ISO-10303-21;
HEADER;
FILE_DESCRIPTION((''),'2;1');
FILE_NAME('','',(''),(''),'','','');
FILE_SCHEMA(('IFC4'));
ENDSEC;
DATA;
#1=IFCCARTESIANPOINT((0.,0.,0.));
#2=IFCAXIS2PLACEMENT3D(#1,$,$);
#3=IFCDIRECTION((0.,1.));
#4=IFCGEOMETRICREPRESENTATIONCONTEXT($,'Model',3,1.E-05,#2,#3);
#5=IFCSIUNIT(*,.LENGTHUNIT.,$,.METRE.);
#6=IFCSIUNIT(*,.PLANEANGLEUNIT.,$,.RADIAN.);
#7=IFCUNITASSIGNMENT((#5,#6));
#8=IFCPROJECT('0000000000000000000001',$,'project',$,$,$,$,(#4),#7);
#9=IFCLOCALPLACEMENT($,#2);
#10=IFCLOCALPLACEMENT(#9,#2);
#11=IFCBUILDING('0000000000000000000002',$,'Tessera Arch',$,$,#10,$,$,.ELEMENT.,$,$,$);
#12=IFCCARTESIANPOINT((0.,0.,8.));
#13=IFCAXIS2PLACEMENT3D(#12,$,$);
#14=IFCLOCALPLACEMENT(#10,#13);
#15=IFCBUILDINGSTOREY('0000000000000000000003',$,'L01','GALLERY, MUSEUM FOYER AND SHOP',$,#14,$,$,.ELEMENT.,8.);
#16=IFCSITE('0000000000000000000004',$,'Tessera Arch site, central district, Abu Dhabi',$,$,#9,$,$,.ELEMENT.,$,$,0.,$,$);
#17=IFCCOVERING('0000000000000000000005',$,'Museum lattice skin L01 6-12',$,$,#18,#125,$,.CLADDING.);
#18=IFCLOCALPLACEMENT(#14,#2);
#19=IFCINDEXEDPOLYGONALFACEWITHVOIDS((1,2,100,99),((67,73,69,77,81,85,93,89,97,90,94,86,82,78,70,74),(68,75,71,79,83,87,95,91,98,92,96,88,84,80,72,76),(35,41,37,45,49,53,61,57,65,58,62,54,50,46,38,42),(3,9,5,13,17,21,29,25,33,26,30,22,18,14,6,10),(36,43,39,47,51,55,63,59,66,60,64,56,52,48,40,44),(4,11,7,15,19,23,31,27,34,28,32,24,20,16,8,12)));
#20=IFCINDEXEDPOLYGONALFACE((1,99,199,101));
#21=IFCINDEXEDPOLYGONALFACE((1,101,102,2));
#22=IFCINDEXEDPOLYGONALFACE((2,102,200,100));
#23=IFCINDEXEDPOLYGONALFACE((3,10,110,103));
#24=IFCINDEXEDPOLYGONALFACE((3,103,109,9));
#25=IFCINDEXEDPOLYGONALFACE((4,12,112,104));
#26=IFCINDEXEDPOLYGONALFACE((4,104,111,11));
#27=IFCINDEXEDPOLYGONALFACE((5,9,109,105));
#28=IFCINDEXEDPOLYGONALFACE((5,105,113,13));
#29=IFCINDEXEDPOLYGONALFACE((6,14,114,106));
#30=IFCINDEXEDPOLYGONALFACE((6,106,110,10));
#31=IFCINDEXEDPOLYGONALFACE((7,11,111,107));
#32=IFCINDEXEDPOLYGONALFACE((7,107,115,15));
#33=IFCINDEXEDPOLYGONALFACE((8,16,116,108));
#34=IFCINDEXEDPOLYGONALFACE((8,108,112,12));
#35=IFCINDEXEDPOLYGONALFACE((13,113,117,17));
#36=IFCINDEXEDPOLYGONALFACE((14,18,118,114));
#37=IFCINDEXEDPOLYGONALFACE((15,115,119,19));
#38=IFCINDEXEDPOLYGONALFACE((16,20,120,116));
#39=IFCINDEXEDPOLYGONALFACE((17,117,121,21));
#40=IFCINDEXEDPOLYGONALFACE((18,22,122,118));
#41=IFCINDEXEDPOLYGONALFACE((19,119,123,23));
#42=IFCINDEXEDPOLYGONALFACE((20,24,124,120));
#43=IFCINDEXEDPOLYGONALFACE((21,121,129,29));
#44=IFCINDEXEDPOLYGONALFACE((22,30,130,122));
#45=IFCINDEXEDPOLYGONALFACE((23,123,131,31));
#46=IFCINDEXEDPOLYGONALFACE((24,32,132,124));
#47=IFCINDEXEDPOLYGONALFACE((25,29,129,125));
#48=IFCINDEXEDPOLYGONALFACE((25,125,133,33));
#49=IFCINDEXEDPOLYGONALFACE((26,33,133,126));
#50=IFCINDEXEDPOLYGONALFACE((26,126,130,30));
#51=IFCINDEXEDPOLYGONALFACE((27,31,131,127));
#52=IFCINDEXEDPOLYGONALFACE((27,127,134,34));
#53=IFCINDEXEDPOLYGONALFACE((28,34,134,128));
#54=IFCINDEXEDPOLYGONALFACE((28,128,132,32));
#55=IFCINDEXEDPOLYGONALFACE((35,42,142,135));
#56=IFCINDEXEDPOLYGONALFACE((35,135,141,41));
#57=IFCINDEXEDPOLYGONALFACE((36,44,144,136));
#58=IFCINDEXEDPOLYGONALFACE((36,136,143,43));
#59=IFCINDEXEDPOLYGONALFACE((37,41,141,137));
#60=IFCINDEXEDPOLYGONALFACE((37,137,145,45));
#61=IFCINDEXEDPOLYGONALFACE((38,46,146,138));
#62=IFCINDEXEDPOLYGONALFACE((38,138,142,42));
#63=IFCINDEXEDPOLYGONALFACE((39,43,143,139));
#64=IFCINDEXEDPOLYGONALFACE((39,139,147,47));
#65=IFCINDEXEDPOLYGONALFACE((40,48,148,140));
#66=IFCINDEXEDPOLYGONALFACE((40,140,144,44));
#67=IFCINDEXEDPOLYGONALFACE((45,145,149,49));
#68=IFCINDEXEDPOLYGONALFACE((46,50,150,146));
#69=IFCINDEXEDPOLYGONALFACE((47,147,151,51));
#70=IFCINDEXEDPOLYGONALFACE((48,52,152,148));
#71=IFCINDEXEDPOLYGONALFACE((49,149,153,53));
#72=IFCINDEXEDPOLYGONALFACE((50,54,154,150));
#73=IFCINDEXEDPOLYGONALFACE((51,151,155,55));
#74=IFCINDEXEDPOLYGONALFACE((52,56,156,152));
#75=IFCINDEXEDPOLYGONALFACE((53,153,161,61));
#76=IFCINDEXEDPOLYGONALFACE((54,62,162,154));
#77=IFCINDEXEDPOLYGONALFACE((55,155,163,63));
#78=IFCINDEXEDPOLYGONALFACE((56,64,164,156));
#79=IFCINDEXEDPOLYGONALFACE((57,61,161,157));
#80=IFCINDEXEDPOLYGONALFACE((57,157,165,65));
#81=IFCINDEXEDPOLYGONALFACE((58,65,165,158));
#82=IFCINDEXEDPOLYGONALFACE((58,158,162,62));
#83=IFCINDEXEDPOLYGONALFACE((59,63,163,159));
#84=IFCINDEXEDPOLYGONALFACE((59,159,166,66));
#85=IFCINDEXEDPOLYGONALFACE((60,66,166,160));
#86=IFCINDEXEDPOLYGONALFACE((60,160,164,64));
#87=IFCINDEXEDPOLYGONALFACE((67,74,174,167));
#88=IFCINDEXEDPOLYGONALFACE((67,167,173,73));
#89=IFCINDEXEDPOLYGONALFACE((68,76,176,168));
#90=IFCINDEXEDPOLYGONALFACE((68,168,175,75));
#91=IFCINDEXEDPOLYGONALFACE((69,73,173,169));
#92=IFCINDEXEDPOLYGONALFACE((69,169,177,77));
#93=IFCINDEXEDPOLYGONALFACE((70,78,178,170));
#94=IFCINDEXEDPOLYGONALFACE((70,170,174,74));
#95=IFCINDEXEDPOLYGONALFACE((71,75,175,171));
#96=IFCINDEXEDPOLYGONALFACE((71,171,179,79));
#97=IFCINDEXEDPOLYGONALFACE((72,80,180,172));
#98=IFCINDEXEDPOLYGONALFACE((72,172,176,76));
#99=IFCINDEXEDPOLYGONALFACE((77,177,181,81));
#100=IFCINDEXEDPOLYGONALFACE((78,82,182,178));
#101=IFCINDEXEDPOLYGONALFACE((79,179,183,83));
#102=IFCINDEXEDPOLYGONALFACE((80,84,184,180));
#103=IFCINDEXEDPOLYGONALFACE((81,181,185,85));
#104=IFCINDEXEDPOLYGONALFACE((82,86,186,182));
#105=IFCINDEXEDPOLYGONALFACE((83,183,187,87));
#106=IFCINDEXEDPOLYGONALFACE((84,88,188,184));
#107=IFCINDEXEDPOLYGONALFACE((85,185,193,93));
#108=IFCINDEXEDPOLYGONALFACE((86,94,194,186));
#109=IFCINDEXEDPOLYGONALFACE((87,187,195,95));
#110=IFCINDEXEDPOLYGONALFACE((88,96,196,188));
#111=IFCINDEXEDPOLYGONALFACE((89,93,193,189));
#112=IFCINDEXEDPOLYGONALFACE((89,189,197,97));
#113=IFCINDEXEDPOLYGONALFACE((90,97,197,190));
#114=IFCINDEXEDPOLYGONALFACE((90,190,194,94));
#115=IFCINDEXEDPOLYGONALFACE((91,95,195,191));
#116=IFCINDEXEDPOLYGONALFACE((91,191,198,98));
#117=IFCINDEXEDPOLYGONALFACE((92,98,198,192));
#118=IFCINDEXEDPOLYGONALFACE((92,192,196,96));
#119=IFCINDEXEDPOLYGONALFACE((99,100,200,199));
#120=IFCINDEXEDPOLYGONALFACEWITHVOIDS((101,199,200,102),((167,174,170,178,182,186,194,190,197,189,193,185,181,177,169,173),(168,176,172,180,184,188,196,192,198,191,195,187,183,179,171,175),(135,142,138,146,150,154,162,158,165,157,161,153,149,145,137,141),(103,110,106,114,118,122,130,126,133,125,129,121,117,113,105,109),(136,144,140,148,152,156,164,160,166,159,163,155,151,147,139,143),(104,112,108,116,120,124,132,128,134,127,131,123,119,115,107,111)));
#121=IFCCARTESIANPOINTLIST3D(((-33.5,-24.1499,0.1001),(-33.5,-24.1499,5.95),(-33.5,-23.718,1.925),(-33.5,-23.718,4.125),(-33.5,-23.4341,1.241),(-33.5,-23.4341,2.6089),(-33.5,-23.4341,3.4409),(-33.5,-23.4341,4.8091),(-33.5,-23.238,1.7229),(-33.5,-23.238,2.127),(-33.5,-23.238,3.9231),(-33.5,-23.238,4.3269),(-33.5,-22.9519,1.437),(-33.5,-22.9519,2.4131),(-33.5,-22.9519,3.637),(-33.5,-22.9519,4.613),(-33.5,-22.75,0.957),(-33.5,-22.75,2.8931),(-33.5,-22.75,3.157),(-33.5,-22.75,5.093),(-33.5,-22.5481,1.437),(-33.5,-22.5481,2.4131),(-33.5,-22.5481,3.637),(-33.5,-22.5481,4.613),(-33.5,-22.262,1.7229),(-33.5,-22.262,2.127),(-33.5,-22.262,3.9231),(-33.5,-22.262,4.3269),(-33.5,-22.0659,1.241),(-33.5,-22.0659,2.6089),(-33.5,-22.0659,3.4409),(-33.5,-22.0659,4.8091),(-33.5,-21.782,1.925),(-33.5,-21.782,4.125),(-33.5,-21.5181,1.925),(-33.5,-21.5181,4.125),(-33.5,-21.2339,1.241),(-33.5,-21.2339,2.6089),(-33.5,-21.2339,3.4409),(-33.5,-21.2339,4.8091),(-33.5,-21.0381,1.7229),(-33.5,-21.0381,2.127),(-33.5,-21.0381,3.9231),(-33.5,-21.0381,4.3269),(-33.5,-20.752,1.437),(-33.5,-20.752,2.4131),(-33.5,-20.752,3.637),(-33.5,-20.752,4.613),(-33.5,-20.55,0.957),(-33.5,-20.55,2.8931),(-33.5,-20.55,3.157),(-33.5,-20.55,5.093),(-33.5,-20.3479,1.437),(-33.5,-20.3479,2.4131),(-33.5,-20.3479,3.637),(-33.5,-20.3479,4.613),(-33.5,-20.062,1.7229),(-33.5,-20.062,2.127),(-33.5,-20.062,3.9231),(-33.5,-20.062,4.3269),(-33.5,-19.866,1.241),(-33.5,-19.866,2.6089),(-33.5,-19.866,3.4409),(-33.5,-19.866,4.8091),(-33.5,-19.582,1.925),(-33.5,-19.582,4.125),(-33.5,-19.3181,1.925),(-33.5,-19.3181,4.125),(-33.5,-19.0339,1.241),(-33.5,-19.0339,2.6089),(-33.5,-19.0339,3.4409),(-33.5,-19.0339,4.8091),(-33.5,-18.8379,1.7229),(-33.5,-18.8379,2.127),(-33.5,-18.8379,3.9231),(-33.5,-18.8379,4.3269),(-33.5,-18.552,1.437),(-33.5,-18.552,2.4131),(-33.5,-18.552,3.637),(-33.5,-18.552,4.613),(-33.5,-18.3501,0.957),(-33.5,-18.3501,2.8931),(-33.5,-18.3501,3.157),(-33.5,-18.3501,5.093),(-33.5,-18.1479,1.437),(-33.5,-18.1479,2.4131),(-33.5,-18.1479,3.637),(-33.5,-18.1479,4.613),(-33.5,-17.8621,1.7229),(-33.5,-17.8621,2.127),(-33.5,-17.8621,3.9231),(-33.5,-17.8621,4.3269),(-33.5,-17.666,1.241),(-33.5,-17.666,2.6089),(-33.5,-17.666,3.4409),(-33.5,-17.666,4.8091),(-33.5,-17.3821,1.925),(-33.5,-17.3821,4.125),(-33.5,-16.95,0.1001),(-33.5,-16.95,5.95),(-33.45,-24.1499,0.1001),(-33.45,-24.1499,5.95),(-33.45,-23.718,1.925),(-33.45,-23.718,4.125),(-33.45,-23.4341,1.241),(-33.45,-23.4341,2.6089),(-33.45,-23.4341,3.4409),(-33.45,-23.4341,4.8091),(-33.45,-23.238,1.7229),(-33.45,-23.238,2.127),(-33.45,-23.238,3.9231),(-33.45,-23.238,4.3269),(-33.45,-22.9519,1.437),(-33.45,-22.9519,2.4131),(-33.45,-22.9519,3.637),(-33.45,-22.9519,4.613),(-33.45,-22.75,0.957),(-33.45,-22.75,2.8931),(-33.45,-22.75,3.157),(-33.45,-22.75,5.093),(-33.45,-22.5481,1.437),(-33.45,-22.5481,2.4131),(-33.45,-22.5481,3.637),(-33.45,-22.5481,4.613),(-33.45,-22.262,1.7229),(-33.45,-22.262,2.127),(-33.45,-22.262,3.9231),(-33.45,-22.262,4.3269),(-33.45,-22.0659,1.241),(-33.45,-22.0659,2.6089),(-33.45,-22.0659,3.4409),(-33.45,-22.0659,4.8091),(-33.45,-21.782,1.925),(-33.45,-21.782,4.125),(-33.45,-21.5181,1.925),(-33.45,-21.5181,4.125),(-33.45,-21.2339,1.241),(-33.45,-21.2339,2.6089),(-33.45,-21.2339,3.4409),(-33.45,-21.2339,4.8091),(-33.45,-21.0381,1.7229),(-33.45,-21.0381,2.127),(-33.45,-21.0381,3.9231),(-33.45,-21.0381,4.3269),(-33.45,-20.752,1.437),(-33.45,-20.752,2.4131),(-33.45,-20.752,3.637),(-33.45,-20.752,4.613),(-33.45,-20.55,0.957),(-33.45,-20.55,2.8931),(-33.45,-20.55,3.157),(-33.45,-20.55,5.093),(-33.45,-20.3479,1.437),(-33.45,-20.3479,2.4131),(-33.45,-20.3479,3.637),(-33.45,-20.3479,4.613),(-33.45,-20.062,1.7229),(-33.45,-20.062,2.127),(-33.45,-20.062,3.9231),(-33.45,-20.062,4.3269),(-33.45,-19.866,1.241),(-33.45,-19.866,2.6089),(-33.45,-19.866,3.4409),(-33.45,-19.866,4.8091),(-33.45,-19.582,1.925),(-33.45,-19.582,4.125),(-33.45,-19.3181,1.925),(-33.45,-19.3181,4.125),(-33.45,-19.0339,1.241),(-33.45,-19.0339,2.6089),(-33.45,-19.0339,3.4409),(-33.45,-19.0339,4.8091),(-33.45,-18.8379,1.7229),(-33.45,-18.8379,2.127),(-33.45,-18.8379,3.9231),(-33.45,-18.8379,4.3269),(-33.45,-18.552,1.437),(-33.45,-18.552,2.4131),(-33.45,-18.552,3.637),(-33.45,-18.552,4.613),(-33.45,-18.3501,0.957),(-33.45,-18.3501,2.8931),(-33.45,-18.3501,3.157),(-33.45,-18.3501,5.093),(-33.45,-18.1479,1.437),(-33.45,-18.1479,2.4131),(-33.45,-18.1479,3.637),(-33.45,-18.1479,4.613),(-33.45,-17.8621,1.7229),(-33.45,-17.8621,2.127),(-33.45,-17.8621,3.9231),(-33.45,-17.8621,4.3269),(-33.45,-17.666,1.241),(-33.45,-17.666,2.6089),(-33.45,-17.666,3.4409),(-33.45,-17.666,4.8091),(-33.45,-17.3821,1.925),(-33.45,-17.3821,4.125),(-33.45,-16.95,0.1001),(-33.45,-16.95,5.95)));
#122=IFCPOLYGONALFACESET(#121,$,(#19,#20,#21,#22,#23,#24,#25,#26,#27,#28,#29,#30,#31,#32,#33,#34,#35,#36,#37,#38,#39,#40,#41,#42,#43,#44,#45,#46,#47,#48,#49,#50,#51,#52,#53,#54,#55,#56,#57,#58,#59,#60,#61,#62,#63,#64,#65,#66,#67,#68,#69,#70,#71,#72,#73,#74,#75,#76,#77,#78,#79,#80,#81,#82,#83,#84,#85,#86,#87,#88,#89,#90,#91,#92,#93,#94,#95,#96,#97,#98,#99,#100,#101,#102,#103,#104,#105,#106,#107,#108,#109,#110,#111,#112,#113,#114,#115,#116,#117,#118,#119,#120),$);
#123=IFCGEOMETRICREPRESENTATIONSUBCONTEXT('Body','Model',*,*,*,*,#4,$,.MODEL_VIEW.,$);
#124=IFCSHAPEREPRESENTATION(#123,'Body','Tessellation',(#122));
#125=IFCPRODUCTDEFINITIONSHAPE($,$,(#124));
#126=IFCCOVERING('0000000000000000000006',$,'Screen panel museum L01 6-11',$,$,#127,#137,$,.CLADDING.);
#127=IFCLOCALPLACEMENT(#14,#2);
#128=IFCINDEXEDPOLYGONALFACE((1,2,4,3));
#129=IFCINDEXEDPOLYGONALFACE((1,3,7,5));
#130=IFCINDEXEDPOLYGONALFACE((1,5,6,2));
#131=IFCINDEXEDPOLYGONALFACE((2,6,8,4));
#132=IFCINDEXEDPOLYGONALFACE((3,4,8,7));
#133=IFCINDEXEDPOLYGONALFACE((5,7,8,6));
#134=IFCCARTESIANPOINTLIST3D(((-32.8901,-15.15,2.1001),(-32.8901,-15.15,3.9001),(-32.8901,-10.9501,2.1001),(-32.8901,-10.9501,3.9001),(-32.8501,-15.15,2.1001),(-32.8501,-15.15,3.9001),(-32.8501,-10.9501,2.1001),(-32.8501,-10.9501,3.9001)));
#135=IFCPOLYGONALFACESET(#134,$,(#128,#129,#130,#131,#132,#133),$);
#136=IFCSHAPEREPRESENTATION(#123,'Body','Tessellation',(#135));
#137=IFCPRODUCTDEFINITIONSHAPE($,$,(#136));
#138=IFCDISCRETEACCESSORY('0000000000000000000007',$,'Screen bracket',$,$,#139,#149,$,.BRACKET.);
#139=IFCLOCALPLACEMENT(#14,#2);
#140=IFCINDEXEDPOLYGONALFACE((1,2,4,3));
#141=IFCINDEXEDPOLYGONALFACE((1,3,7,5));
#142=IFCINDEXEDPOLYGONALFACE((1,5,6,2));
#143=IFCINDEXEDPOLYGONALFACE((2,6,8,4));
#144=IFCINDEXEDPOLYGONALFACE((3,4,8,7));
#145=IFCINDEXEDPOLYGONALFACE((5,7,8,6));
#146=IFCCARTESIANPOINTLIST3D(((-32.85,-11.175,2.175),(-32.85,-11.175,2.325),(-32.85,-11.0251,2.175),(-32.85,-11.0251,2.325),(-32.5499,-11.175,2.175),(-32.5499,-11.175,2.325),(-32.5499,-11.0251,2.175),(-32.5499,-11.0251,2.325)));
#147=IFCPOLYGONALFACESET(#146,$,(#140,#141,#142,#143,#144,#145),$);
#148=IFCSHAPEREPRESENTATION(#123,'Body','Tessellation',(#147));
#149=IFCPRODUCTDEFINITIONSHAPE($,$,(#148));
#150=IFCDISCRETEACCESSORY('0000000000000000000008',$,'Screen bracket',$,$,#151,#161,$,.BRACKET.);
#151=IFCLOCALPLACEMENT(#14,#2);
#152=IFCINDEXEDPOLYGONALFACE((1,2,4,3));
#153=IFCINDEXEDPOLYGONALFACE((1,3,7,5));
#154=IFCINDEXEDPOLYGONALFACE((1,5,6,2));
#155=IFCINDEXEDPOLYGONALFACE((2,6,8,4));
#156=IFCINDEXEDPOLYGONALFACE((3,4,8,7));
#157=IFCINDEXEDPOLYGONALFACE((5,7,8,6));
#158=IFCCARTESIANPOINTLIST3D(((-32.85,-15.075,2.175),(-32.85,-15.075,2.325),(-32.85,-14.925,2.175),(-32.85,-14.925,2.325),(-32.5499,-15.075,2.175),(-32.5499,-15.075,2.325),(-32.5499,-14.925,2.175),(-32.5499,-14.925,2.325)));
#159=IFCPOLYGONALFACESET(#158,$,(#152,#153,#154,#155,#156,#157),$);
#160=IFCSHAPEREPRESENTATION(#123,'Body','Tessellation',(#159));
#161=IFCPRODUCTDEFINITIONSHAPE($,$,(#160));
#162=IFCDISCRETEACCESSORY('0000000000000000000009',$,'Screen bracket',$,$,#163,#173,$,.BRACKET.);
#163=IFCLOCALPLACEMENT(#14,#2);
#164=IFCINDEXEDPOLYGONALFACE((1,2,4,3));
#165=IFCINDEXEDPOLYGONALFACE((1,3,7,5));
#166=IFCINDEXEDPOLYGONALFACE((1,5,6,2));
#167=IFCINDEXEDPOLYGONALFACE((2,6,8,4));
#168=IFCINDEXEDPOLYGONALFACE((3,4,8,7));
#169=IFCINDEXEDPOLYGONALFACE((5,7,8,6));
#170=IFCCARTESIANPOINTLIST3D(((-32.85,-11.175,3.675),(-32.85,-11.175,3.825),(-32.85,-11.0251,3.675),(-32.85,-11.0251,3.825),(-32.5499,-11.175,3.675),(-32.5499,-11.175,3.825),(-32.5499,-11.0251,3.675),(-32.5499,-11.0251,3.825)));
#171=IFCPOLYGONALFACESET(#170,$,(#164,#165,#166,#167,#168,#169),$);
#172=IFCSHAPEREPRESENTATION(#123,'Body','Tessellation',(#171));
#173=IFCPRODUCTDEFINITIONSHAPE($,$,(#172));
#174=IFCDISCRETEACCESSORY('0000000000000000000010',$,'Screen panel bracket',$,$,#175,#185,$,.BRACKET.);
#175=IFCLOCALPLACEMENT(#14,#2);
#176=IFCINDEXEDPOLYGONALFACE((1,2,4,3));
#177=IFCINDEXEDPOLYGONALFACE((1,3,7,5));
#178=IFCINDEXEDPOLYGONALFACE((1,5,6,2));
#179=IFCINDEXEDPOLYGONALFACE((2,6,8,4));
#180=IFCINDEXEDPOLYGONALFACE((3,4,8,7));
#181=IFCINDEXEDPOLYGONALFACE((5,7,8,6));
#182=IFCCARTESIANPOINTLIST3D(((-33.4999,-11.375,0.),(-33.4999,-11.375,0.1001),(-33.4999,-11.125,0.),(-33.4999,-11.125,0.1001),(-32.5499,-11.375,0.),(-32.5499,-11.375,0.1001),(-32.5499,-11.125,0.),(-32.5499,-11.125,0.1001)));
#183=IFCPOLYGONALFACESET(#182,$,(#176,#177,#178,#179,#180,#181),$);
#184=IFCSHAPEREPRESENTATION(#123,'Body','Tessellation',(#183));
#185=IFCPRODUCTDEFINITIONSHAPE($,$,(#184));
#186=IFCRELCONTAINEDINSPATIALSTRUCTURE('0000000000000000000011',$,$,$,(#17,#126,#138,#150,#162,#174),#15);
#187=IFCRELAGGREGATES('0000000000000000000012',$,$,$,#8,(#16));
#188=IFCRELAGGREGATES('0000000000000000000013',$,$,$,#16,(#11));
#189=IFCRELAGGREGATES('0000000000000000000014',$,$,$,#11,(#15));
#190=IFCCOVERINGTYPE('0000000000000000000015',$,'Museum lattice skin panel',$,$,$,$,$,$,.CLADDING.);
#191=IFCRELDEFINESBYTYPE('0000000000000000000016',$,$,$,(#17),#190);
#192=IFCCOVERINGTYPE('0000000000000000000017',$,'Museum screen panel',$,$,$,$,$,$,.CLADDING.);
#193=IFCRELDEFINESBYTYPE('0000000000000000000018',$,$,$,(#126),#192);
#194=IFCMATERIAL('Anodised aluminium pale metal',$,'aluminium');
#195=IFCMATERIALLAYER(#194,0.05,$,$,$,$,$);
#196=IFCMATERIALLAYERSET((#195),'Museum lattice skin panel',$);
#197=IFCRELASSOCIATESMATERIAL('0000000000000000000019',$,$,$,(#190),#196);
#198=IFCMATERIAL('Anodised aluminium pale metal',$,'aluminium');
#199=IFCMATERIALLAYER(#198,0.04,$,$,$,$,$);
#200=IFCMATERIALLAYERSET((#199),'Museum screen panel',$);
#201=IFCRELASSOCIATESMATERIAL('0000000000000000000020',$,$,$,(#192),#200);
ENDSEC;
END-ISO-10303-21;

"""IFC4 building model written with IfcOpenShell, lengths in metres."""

from ifc_helpers import new_model, si_unit, direction, frame, origin, origin_2d, place, context, subcontext, project, spatial, polyline, rectangle, outline, extrude, material, layer, layer_set, type_object, element, save


model = new_model("IFC4")

# Units and contexts
model_context = context("Model", 3, precision=1e-05, world=origin(), true_north=direction((0.0, 1.0)))
body_context = subcontext(model_context, "Body", "Model", "MODEL_VIEW")
ifc_project = project(units=[si_unit("LENGTHUNIT", "METRE"), si_unit("PLANEANGLEUNIT", "RADIAN")], contexts=[model_context])

# Site, building, storey
site_placement = place(None, origin())
site = spatial("IfcSite", under=ifc_project, at=site_placement, Name="Tessera Arch site, central district, Abu Dhabi", CompositionType="ELEMENT", RefElevation=0.0)
building_placement = place(site_placement, origin())
building = spatial("IfcBuilding", under=site, at=building_placement, Name="Tessera Arch", CompositionType="ELEMENT")
storey_placement = place(building_placement, frame((0.0, 0.0, 8.0)))
storey = spatial("IfcBuildingStorey", under=building, at=storey_placement, Name="L01", Description="GALLERY, MUSEUM FOYER AND SHOP", CompositionType="ELEMENT", Elevation=8.0)

# Covering
ifc_material_1 = material(Name="Anodised aluminium pale metal", Category="aluminium")
ifc_layer_1 = layer(ifc_material_1, 0.05)
ifc_layer_set_1 = layer_set([ifc_layer_1], Name="Museum lattice skin panel")
covering_type_1 = type_object("IfcCoveringType", Name="Museum lattice skin panel", PredefinedType="CLADDING", material=ifc_layer_set_1)
covering_1_placement = place(storey_placement, frame((-33.45, -16.95, 5.95), z_axis=(1.0, 0.0, 0.0), x_axis=(0.0, -1.0, 0.0)))
element("IfcCovering", 1, at=covering_1_placement, inside=storey, type_object=covering_type_1, Name="Museum lattice skin L01 6-12", PredefinedType="CLADDING", context=body_context, shape_type="SweptSolid", body=[
    extrude(outline(polyline([(0.0, 0.0), (7.2, 0.0), (7.2, 5.8499), (0.0, 5.8499), (0.0, 0.0)]), holes=[polyline([(2.3682, 4.0249), (1.8879, 3.823), (2.084, 3.3411), (1.6021, 3.5369), (1.4001, 3.0569), (1.198, 3.5369), (0.7161, 3.3411), (0.9121, 3.823), (0.4321, 4.0249), (0.9121, 4.2271), (0.7161, 4.709), (1.198, 4.5129), (1.4001, 4.9929), (1.6021, 4.5129), (2.084, 4.709), (1.8879, 4.2271), (2.3682, 4.0249)]), polyline([(2.3682, 1.825), (1.8879, 1.623), (2.084, 1.1409), (1.6021, 1.3369), (1.4001, 0.8569), (1.198, 1.3369), (0.7161, 1.1409), (0.9121, 1.623), (0.4321, 1.825), (0.9121, 2.0269), (0.7161, 2.509), (1.198, 2.313), (1.4001, 2.793), (1.6021, 2.313), (2.084, 2.509), (1.8879, 2.0269), (2.3682, 1.825)]), polyline([(4.5681, 4.0249), (4.0881, 3.823), (4.2839, 3.3411), (3.802, 3.5369), (3.6001, 3.0569), (3.3979, 3.5369), (2.916, 3.3411), (3.1121, 3.823), (2.6321, 4.0249), (3.1121, 4.2271), (2.916, 4.709), (3.3979, 4.5129), (3.6001, 4.9929), (3.802, 4.5129), (4.2839, 4.709), (4.0881, 4.2271), (4.5681, 4.0249)]), polyline([(4.5681, 1.825), (4.0881, 1.623), (4.2839, 1.1409), (3.802, 1.3369), (3.6001, 0.8569), (3.3979, 1.3369), (2.916, 1.1409), (3.1121, 1.623), (2.6321, 1.825), (3.1121, 2.0269), (2.916, 2.509), (3.3979, 2.313), (3.6001, 2.793), (3.802, 2.313), (4.2839, 2.509), (4.0881, 2.0269), (4.5681, 1.825)]), polyline([(6.7681, 4.0249), (6.2881, 3.823), (6.4841, 3.3411), (6.002, 3.5369), (5.8, 3.0569), (5.5981, 3.5369), (5.116, 3.3411), (5.312, 3.823), (4.832, 4.0249), (5.312, 4.2271), (5.116, 4.709), (5.5981, 4.5129), (5.8, 4.9929), (6.002, 4.5129), (6.4841, 4.709), (6.2881, 4.2271), (6.7681, 4.0249)]), polyline([(6.7681, 1.825), (6.2881, 1.623), (6.4841, 1.1409), (6.002, 1.3369), (5.8, 0.8569), (5.5981, 1.3369), (5.116, 1.1409), (5.312, 1.623), (4.832, 1.825), (5.312, 2.0269), (5.116, 2.509), (5.5981, 2.313), (5.8, 2.793), (6.002, 2.313), (6.4841, 2.509), (6.2881, 2.0269), (6.7681, 1.825)])]), origin(), (0.0, 0.0, -1.0), 0.05),
])

# Covering
ifc_material_2 = material(Name="Anodised aluminium pale metal", Category="aluminium")
ifc_layer_2 = layer(ifc_material_2, 0.04)
ifc_layer_set_2 = layer_set([ifc_layer_2], Name="Museum screen panel")
covering_type_2 = type_object("IfcCoveringType", Name="Museum screen panel", PredefinedType="CLADDING", material=ifc_layer_set_2)
covering_2_placement = place(storey_placement, frame((-32.8701, -13.05, 2.1001), z_axis=(0.0, 0.0, 1.0), x_axis=(0.0, -1.0, 0.0)))
element("IfcCovering", 2, at=covering_2_placement, inside=storey, type_object=covering_type_2, Name="Screen panel museum L01 6-11", PredefinedType="CLADDING", context=body_context, shape_type="SweptSolid", body=[
    extrude(rectangle(XDim=4.2, YDim=0.04, at=origin_2d()), origin(), (0.0, 0.0, 1.0), 1.8),
])

# Discrete accessories
for number, where, z_axis, x_axis, name in (
    (3, (-32.7, -11.1001, 2.175), (0.0, 0.0, 1.0), (-1.0, 0.0, 0.0), "Screen bracket"),
    (4, (-32.7, -15.0, 2.175), (0.0, 0.0, 1.0), (-1.0, 0.0, 0.0), "Screen bracket"),
    (5, (-32.7, -11.1001, 3.675), (0.0, 0.0, 1.0), (-1.0, 0.0, 0.0), "Screen bracket"),
):
    element("IfcDiscreteAccessory", number, at=place(storey_placement, frame(where, z_axis=z_axis, x_axis=x_axis)), inside=storey, Name=name, PredefinedType="BRACKET", context=body_context, shape_type="SweptSolid", body=[
        extrude(rectangle(XDim=0.3, YDim=0.1499, at=origin_2d()), origin(), (0.0, 0.0, 1.0), 0.1499),
    ])
for number, where, z_axis, x_axis, name in (
    (6, (-33.0249, -11.25, 0.0), (0.0, 0.0, 1.0), (-1.0, 0.0, 0.0), "Screen panel bracket"),
):
    element("IfcDiscreteAccessory", number, at=place(storey_placement, frame(where, z_axis=z_axis, x_axis=x_axis)), inside=storey, Name=name, PredefinedType="BRACKET", context=body_context, shape_type="SweptSolid", body=[
        extrude(rectangle(XDim=0.95, YDim=0.25, at=origin_2d()), origin(), (0.0, 0.0, 1.0), 0.1001),
    ])

save(model, "model.ifc")
